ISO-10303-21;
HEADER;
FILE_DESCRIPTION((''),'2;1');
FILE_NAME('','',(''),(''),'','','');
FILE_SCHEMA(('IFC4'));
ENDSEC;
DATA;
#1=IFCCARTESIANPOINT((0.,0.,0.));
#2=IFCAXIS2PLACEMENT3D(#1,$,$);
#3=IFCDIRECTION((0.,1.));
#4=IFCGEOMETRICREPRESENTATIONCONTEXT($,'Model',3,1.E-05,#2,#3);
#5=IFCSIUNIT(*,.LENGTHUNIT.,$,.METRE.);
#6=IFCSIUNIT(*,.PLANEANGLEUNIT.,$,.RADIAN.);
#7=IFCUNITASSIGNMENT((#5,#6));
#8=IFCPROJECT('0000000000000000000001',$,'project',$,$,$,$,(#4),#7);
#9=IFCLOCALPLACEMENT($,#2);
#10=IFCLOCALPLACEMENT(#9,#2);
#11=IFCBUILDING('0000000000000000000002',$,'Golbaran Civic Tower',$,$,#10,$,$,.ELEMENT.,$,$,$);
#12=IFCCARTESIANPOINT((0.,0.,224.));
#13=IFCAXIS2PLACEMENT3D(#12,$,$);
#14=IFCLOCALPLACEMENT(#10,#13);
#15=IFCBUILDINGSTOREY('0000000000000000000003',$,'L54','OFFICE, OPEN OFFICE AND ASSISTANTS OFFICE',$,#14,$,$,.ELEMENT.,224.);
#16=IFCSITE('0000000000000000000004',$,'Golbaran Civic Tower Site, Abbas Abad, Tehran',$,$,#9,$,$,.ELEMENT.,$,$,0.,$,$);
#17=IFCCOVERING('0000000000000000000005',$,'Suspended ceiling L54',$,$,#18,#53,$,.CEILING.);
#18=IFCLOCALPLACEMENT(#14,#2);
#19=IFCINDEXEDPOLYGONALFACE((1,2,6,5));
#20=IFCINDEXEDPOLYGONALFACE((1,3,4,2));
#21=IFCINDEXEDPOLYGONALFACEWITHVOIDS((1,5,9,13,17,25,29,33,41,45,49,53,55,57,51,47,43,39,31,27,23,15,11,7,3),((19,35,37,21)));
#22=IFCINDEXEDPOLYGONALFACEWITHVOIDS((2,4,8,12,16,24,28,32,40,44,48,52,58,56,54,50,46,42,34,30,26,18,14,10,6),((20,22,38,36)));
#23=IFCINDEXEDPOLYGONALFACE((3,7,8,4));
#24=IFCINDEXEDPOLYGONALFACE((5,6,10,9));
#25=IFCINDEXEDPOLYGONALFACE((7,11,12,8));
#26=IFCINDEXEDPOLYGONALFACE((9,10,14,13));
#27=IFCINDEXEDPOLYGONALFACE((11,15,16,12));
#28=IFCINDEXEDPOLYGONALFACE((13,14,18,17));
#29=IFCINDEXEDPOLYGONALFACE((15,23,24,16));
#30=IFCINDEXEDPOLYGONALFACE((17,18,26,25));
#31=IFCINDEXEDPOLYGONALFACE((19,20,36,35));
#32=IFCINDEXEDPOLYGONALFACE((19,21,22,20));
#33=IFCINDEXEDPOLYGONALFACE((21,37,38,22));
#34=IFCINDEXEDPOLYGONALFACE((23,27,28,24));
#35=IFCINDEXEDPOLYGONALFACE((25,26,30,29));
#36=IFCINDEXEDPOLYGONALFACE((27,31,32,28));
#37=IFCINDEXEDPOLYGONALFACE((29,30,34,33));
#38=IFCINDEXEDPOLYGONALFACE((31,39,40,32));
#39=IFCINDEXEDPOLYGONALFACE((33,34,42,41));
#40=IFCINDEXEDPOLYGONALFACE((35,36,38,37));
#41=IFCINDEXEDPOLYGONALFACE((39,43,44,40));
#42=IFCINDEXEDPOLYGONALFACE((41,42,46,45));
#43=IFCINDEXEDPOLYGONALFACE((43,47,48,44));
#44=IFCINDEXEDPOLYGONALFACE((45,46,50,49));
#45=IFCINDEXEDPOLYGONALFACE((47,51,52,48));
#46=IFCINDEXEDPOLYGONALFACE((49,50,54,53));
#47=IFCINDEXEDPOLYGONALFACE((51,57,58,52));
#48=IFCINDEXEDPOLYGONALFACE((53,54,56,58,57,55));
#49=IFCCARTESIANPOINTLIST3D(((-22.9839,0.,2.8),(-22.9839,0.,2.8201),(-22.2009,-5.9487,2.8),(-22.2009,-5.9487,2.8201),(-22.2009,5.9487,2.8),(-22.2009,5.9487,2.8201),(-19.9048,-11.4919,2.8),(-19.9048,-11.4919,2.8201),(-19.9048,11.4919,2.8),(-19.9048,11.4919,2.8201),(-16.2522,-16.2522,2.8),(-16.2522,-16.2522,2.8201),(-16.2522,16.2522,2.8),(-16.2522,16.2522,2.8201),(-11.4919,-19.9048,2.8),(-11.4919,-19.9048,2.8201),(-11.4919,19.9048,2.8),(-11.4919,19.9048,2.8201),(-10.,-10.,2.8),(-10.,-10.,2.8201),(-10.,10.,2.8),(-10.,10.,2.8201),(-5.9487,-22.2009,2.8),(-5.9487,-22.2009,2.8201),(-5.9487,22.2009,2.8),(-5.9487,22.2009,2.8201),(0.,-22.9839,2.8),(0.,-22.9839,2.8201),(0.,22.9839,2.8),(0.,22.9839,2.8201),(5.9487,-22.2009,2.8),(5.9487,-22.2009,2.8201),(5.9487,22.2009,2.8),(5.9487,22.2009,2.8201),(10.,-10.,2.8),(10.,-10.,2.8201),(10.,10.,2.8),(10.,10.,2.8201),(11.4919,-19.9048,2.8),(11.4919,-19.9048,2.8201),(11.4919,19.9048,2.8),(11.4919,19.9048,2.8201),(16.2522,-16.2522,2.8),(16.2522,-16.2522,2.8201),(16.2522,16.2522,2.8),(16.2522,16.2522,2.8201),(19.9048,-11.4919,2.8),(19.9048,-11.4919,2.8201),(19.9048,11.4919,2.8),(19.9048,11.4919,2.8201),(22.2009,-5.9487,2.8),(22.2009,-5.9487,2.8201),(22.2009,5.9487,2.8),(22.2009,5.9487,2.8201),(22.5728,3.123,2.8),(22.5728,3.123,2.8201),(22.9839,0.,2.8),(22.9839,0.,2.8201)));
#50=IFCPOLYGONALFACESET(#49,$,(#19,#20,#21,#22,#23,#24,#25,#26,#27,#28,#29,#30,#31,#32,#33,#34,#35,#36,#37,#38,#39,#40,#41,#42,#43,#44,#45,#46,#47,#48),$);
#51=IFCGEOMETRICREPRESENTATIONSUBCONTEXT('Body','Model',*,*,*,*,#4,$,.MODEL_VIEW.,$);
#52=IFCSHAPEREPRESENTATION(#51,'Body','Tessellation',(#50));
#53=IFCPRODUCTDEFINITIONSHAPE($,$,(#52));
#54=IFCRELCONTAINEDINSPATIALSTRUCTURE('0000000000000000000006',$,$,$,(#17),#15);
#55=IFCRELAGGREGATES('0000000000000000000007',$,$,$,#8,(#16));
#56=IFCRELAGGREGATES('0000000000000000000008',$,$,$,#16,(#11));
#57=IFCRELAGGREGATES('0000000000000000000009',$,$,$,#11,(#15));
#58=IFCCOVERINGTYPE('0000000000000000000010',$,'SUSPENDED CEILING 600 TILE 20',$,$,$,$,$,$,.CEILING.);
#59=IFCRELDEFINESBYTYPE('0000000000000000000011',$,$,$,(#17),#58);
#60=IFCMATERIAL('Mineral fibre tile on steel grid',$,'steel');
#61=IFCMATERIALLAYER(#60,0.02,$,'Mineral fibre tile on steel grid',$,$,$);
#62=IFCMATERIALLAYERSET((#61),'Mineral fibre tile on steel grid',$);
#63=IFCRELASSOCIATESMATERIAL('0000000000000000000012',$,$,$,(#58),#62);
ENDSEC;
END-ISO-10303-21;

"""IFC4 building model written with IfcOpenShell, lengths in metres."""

from ifc_helpers import new_model, si_unit, direction, frame, origin, place, context, subcontext, project, spatial, polyline, outline, extrude, material, layer, layer_set, type_object, element, save


model = new_model("IFC4")

# Units and contexts
model_context = context("Model", 3, precision=1e-05, world=origin(), true_north=direction((0.0, 1.0)))
body_context = subcontext(model_context, "Body", "Model", "MODEL_VIEW")
ifc_project = project(units=[si_unit("LENGTHUNIT", "METRE"), si_unit("PLANEANGLEUNIT", "RADIAN")], contexts=[model_context])

# Site, building, storey
site_placement = place(None, origin())
site = spatial("IfcSite", under=ifc_project, at=site_placement, Name="Golbaran Civic Tower Site, Abbas Abad, Tehran", CompositionType="ELEMENT", RefElevation=0.0)
building_placement = place(site_placement, origin())
building = spatial("IfcBuilding", under=site, at=building_placement, Name="Golbaran Civic Tower", CompositionType="ELEMENT")
storey_placement = place(building_placement, frame((0.0, 0.0, 224.0)))
storey = spatial("IfcBuildingStorey", under=building, at=storey_placement, Name="L54", Description="OFFICE, OPEN OFFICE AND ASSISTANTS OFFICE", CompositionType="ELEMENT", Elevation=224.0)

# Covering
ifc_material_1 = material(Name="Mineral fibre tile on steel grid", Category="steel")
ifc_layer_1 = layer(ifc_material_1, 0.02, Name="Mineral fibre tile on steel grid")
ifc_layer_set_1 = layer_set([ifc_layer_1], Name="Mineral fibre tile on steel grid")
covering_type = type_object("IfcCoveringType", Name="SUSPENDED CEILING 600 TILE 20", PredefinedType="CEILING", material=ifc_layer_set_1)
covering_placement = place(storey_placement, frame((0.0, 0.0, 2.8)))
element("IfcCovering", 1, at=covering_placement, inside=storey, type_object=covering_type, Name="Suspended ceiling L54", PredefinedType="CEILING", context=body_context, shape_type="SweptSolid", body=[
    extrude(outline(polyline([(-19.9048, 11.4919), (-16.2522, 16.2522), (-11.4919, 19.9048), (-5.9487, 22.2009), (0.0, 22.9839), (5.9487, 22.2009), (11.4919, 19.9048), (16.2522, 16.2522), (19.9048, 11.4919), (22.2009, 5.9487), (22.5728, 3.123), (22.9839, 0.0), (22.2009, -5.9487), (19.9048, -11.4919), (16.2522, -16.2522), (11.4919, -19.9048), (5.9487, -22.2009), (0.0, -22.9839), (-5.9487, -22.2009), (-11.4919, -19.9048), (-16.2522, -16.2522), (-19.9048, -11.4919), (-22.2009, -5.9487), (-22.9839, 0.0), (-22.2009, 5.9487), (-19.9048, 11.4919)]), holes=[polyline([(-10.0, -10.0), (10.0, -10.0), (10.0, 10.0), (-10.0, 10.0), (-10.0, -10.0)])]), origin(), (0.0, 0.0, 1.0), 0.02),
])

save(model, "model.ifc")
